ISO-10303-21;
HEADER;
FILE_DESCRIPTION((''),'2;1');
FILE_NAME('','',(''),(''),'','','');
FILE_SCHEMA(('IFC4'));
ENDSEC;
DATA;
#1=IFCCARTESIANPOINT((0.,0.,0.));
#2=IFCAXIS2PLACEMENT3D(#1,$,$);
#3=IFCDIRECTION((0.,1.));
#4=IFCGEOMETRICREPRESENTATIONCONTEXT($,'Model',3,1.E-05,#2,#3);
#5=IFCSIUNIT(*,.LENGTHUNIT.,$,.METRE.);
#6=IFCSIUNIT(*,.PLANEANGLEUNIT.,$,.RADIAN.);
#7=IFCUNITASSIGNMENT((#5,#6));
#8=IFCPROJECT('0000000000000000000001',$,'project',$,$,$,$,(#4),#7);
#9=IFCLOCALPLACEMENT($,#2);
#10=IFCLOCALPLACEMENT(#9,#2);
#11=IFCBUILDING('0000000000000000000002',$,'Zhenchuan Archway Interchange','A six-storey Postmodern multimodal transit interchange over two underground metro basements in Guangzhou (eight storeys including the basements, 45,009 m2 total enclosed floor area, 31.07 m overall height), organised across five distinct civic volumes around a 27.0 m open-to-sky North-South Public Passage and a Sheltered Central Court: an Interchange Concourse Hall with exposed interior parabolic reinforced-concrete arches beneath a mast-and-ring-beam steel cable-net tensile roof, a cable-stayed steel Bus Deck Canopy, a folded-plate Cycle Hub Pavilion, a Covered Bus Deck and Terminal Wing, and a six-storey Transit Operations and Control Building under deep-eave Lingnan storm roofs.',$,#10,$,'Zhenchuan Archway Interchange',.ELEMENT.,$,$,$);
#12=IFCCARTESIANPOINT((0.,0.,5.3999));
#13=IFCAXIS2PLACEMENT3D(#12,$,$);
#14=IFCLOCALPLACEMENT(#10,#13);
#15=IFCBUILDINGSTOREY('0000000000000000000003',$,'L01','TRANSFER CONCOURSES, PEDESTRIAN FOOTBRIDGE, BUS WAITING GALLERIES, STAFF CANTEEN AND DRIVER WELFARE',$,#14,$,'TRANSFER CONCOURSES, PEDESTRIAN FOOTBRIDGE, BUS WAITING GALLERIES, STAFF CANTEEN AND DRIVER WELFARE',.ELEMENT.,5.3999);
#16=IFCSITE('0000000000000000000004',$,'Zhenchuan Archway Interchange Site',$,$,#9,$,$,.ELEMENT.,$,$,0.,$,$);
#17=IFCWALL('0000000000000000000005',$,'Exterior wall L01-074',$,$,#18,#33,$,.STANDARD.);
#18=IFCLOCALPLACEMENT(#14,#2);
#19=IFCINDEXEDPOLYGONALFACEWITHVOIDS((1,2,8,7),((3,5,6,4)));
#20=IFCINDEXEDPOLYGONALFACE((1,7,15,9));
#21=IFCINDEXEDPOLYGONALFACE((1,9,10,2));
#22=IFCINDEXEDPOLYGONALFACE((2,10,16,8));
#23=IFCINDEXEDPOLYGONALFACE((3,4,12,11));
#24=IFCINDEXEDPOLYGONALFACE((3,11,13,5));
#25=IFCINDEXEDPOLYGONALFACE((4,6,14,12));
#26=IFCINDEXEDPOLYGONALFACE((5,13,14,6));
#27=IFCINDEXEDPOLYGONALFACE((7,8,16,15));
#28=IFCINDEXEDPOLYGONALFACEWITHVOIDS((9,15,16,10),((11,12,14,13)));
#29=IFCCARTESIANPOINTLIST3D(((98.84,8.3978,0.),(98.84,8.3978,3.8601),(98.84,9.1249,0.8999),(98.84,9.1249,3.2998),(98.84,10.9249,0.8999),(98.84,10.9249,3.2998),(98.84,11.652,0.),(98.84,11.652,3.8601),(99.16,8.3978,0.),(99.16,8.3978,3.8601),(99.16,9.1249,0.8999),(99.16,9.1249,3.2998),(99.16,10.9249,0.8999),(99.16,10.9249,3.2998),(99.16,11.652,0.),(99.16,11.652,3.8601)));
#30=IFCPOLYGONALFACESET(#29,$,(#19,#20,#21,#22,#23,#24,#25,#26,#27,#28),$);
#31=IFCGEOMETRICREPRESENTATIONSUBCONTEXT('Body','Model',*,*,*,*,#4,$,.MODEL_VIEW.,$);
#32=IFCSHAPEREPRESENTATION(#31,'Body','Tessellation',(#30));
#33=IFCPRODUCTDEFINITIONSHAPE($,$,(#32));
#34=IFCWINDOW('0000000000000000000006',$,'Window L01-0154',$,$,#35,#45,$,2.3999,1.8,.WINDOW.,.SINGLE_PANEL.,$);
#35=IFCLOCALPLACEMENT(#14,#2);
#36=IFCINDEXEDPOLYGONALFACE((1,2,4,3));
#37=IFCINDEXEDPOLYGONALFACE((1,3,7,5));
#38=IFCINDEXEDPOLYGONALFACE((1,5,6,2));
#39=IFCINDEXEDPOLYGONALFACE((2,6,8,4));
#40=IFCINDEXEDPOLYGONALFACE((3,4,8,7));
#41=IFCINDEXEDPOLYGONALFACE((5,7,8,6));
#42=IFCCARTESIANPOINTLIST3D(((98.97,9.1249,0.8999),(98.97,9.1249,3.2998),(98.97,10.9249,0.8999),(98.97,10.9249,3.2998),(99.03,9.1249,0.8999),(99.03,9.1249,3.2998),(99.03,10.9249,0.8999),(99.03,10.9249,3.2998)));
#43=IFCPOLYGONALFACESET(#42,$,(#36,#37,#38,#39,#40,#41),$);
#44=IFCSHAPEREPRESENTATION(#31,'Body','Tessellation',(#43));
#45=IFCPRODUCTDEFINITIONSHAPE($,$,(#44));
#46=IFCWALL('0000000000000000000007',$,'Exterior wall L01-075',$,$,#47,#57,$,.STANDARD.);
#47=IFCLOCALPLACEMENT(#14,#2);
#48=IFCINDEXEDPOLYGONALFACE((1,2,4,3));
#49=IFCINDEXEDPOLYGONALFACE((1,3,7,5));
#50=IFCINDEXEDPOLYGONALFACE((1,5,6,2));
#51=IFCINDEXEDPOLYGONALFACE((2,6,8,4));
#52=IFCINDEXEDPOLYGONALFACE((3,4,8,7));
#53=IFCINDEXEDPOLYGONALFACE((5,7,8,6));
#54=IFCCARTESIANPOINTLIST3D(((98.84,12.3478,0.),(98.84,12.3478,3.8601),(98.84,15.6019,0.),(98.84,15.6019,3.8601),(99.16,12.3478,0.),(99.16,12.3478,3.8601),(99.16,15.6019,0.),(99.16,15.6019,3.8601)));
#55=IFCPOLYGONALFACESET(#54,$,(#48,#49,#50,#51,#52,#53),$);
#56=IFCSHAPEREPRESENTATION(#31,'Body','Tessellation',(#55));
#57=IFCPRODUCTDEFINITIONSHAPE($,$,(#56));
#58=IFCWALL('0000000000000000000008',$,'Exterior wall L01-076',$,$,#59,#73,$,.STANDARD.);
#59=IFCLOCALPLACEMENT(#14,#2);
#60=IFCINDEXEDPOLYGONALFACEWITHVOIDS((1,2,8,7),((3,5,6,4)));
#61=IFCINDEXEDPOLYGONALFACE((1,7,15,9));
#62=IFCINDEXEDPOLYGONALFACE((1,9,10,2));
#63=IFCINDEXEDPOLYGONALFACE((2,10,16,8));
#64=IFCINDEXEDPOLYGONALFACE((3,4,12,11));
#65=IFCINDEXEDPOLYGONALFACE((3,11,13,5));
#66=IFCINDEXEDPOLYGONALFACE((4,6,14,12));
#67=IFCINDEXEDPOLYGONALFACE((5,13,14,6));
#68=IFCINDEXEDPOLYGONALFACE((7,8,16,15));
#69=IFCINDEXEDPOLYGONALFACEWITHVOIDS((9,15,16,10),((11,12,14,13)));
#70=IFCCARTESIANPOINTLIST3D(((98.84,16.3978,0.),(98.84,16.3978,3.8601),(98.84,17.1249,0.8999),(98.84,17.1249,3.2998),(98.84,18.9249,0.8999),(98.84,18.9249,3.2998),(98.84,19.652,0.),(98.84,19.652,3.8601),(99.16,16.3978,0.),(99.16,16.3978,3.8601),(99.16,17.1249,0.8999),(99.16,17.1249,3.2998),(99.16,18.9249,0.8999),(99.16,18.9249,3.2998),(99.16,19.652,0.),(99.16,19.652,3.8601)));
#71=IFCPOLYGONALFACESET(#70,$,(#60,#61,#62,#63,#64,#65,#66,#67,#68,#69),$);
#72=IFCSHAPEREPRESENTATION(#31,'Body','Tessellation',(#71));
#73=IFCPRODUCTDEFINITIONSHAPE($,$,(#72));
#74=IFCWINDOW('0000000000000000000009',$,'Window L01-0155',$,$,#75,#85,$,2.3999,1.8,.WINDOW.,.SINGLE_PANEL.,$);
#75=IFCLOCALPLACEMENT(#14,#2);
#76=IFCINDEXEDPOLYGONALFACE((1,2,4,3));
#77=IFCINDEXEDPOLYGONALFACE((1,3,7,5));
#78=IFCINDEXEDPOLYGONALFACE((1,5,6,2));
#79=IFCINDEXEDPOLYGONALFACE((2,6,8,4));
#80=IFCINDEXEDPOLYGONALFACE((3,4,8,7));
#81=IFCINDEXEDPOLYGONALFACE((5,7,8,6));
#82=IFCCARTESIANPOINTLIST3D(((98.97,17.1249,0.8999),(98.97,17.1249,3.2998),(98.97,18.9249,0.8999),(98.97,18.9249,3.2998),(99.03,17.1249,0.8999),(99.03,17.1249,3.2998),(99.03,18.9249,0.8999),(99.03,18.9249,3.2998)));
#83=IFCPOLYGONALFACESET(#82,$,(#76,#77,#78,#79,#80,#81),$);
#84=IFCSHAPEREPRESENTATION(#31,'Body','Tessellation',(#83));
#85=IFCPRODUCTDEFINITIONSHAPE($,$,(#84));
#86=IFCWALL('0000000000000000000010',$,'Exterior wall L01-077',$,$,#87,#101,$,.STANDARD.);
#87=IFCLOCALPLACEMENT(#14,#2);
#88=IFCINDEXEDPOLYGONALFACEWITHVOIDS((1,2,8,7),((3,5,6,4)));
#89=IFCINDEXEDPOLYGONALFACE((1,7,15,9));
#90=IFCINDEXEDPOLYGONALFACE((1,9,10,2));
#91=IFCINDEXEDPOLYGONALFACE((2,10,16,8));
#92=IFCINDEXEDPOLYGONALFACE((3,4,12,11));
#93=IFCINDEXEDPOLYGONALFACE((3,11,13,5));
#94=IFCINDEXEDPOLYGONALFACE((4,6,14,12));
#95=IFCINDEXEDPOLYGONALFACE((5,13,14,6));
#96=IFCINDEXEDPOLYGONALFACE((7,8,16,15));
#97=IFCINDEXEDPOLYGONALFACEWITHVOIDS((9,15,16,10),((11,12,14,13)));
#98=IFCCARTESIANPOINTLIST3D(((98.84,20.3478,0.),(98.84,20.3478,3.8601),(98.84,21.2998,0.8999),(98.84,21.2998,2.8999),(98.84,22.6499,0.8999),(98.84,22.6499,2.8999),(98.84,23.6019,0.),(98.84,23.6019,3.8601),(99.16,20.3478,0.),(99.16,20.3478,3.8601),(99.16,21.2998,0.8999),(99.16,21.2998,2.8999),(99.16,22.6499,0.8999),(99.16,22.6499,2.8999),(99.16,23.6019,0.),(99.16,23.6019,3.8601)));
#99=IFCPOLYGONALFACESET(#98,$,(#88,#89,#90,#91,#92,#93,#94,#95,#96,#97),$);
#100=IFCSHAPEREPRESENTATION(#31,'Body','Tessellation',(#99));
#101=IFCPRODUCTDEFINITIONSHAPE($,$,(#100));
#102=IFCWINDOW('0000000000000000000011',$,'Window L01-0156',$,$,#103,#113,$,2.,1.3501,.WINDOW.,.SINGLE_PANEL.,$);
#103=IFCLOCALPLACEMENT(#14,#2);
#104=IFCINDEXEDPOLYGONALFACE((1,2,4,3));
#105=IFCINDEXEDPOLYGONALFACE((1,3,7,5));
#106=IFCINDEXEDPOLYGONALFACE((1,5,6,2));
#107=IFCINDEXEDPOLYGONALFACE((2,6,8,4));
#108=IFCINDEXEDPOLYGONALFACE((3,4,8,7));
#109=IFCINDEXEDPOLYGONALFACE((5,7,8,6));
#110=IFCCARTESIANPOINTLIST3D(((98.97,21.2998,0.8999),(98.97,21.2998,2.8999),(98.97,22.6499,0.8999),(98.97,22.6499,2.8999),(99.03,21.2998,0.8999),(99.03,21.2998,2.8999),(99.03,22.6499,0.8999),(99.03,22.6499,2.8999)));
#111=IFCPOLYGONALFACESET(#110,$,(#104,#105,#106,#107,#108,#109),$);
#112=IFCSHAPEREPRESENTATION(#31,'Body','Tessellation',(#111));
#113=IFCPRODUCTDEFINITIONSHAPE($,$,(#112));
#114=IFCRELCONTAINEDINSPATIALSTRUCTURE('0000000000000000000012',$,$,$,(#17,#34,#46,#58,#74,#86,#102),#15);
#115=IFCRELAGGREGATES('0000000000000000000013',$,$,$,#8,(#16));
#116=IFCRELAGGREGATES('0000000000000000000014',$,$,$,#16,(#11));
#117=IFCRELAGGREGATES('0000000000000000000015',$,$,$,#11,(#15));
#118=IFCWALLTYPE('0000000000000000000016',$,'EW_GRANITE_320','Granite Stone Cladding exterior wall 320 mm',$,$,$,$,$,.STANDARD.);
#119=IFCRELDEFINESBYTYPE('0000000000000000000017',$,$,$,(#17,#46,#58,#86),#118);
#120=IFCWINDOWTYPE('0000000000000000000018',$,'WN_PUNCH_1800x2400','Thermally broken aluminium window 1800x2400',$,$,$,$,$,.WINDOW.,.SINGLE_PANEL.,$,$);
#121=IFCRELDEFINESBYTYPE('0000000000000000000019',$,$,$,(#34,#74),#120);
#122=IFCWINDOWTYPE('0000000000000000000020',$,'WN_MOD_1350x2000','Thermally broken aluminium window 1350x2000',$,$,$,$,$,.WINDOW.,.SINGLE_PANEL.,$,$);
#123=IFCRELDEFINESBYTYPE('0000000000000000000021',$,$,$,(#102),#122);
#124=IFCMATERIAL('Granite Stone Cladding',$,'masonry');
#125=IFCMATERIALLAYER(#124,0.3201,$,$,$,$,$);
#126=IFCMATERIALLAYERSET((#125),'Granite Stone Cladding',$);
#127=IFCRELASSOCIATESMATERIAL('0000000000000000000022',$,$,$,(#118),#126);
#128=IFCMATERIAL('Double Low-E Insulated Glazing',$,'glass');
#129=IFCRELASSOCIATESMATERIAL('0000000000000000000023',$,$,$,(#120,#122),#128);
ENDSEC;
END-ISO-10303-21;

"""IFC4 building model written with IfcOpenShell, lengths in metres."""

from ifc_helpers import new_model, si_unit, direction, frame, frame_2d, origin, place, context, subcontext, project, spatial, rectangle, extrude, material, layer, layer_set, type_object, element, fill, save


model = new_model("IFC4")

# Units and contexts
model_context = context("Model", 3, precision=1e-05, world=origin(), true_north=direction((0.0, 1.0)))
body_context = subcontext(model_context, "Body", "Model", "MODEL_VIEW")
ifc_project = project(units=[si_unit("LENGTHUNIT", "METRE"), si_unit("PLANEANGLEUNIT", "RADIAN")], contexts=[model_context])

# Site, building, storey
site_placement = place(None, origin())
site = spatial("IfcSite", under=ifc_project, at=site_placement, Name="Zhenchuan Archway Interchange Site", CompositionType="ELEMENT", RefElevation=0.0)
building_placement = place(site_placement, origin())
building = spatial("IfcBuilding", under=site, at=building_placement, Name="Zhenchuan Archway Interchange", Description="A six-storey Postmodern multimodal transit interchange over two underground metro basements in Guangzhou (eight storeys including the basements, 45,009 m2 total enclosed floor area, 31.07 m overall height), organised across five distinct civic volumes around a 27.0 m open-to-sky North-South Public Passage and a Sheltered Central Court: an Interchange Concourse Hall with exposed interior parabolic reinforced-concrete arches beneath a mast-and-ring-beam steel cable-net tensile roof, a cable-stayed steel Bus Deck Canopy, a folded-plate Cycle Hub Pavilion, a Covered Bus Deck and Terminal Wing, and a six-storey Transit Operations and Control Building under deep-eave Lingnan storm roofs.", LongName="Zhenchuan Archway Interchange", CompositionType="ELEMENT")
storey_placement = place(building_placement, frame((0.0, 0.0, 5.3999)))
storey = spatial("IfcBuildingStorey", under=building, at=storey_placement, Name="L01", Description="TRANSFER CONCOURSES, PEDESTRIAN FOOTBRIDGE, BUS WAITING GALLERIES, STAFF CANTEEN AND DRIVER WELFARE", LongName="TRANSFER CONCOURSES, PEDESTRIAN FOOTBRIDGE, BUS WAITING GALLERIES, STAFF CANTEEN AND DRIVER WELFARE", CompositionType="ELEMENT", Elevation=5.3999)

# Shared definitions
ifc_material_1 = material(Name="Double Low-E Insulated Glazing", Category="glass")

# Wall, opening, window
ifc_material_2 = material(Name="Granite Stone Cladding", Category="masonry")
ifc_layer_1 = layer(ifc_material_2, 0.3201)
ifc_layer_set_1 = layer_set([ifc_layer_1], Name="Granite Stone Cladding")
wall_type = type_object("IfcWallType", Name="EW_GRANITE_320", Description="Granite Stone Cladding exterior wall 320 mm", PredefinedType="STANDARD", material=ifc_layer_set_1)
wall_1_placement = place(storey_placement, frame((99.0, 8.3979, 0.0), z_axis=(0.0, 0.0, 1.0), x_axis=(0.0, 1.0, 0.0)))
wall_1 = element("IfcWall", 1, at=wall_1_placement, inside=storey, type_object=wall_type, Name="Exterior wall L01-074", PredefinedType="STANDARD", context=body_context, shape_type="SweptSolid", body=[
    extrude(rectangle(XDim=3.2542, YDim=0.3201, at=frame_2d((1.627, 0.0))), origin(), (0.0, 0.0, 1.0), 3.8601),
])
opening_1_placement = place(wall_1_placement, frame((0.7271, 0.0, 0.8999)))
opening_1 = element("IfcOpeningElement", 2, at=opening_1_placement, cuts=wall_1, PredefinedType="OPENING", context=body_context, shape_type="SweptSolid", body=[
    extrude(rectangle(XDim=1.8, YDim=2.3999, at=frame_2d((0.8999, 1.2))), frame((0.0, 0.1719, 0.0), z_axis=(0.0, -1.0, 0.0), x_axis=(1.0, 0.0, 0.0)), (0.0, 0.0, 1.0), 0.344),
])
window_type_1 = type_object("IfcWindowType", Name="WN_PUNCH_1800x2400", Description="Thermally broken aluminium window 1800x2400", PartitioningType="SINGLE_PANEL", PredefinedType="WINDOW", material=ifc_material_1)
window_1_placement = place(opening_1_placement, origin())
window_1 = element("IfcWindow", 3, at=window_1_placement, inside=storey, type_object=window_type_1, Name="Window L01-0154", OverallHeight=2.3999, OverallWidth=1.8, PartitioningType="SINGLE_PANEL", PredefinedType="WINDOW", context=body_context, shape_type="SweptSolid", body=[
    extrude(rectangle(XDim=1.8, YDim=2.3999, at=frame_2d((0.8999, 1.2))), frame((0.0, 0.03, 0.0), z_axis=(0.0, -1.0, 0.0), x_axis=(1.0, 0.0, 0.0)), (0.0, 0.0, 1.0), 0.0601),
])
fill(opening_1, window_1)

# Wall
wall_2_placement = place(storey_placement, frame((99.0, 12.3479, 0.0), z_axis=(0.0, 0.0, 1.0), x_axis=(0.0, 1.0, 0.0)))
element("IfcWall", 4, at=wall_2_placement, inside=storey, type_object=wall_type, Name="Exterior wall L01-075", PredefinedType="STANDARD", context=body_context, shape_type="SweptSolid", body=[
    extrude(rectangle(XDim=3.2542, YDim=0.3201, at=frame_2d((1.627, 0.0))), origin(), (0.0, 0.0, 1.0), 3.8601),
])

# Walls, openings, windows
wall_3_placement = place(storey_placement, frame((99.0, 16.3979, 0.0), z_axis=(0.0, 0.0, 1.0), x_axis=(0.0, 1.0, 0.0)))
wall_3 = element("IfcWall", 5, at=wall_3_placement, inside=storey, type_object=wall_type, Name="Exterior wall L01-076", PredefinedType="STANDARD", context=body_context, shape_type="SweptSolid", body=[
    extrude(rectangle(XDim=3.2542, YDim=0.3201, at=frame_2d((1.627, 0.0))), origin(), (0.0, 0.0, 1.0), 3.8601),
])
opening_2_placement = place(wall_3_placement, frame((0.7271, 0.0, 0.8999)))
opening_2 = element("IfcOpeningElement", 6, at=opening_2_placement, cuts=wall_3, PredefinedType="OPENING", context=body_context, shape_type="SweptSolid", body=[
    extrude(rectangle(XDim=1.8, YDim=2.3999, at=frame_2d((0.8999, 1.2))), frame((0.0, 0.1719, 0.0), z_axis=(0.0, -1.0, 0.0), x_axis=(1.0, 0.0, 0.0)), (0.0, 0.0, 1.0), 0.344),
])
window_2_placement = place(opening_2_placement, origin())
window_2 = element("IfcWindow", 7, at=window_2_placement, inside=storey, type_object=window_type_1, Name="Window L01-0155", OverallHeight=2.3999, OverallWidth=1.8, PartitioningType="SINGLE_PANEL", PredefinedType="WINDOW", context=body_context, shape_type="SweptSolid", body=[
    extrude(rectangle(XDim=1.8, YDim=2.3999, at=frame_2d((0.8999, 1.2))), frame((0.0, 0.03, 0.0), z_axis=(0.0, -1.0, 0.0), x_axis=(1.0, 0.0, 0.0)), (0.0, 0.0, 1.0), 0.0601),
])
fill(opening_2, window_2)
wall_4_placement = place(storey_placement, frame((99.0, 20.3479, 0.0), z_axis=(0.0, 0.0, 1.0), x_axis=(0.0, 1.0, 0.0)))
wall_4 = element("IfcWall", 8, at=wall_4_placement, inside=storey, type_object=wall_type, Name="Exterior wall L01-077", PredefinedType="STANDARD", context=body_context, shape_type="SweptSolid", body=[
    extrude(rectangle(XDim=3.2542, YDim=0.3201, at=frame_2d((1.627, 0.0))), origin(), (0.0, 0.0, 1.0), 3.8601),
])
opening_3_placement = place(wall_4_placement, frame((0.9519, 0.0, 0.8999)))
opening_3 = element("IfcOpeningElement", 9, at=opening_3_placement, cuts=wall_4, PredefinedType="OPENING", context=body_context, shape_type="SweptSolid", body=[
    extrude(rectangle(XDim=1.3501, YDim=2.0, at=frame_2d((0.675, 1.0))), frame((0.0, 0.1719, 0.0), z_axis=(0.0, -1.0, 0.0), x_axis=(1.0, 0.0, 0.0)), (0.0, 0.0, 1.0), 0.344),
])
window_type_2 = type_object("IfcWindowType", Name="WN_MOD_1350x2000", Description="Thermally broken aluminium window 1350x2000", PartitioningType="SINGLE_PANEL", PredefinedType="WINDOW", material=ifc_material_1)
window_3_placement = place(opening_3_placement, origin())
window_3 = element("IfcWindow", 10, at=window_3_placement, inside=storey, type_object=window_type_2, Name="Window L01-0156", OverallHeight=2.0, OverallWidth=1.3501, PartitioningType="SINGLE_PANEL", PredefinedType="WINDOW", context=body_context, shape_type="SweptSolid", body=[
    extrude(rectangle(XDim=1.3501, YDim=2.0, at=frame_2d((0.675, 1.0))), frame((0.0, 0.03, 0.0), z_axis=(0.0, -1.0, 0.0), x_axis=(1.0, 0.0, 0.0)), (0.0, 0.0, 1.0), 0.0601),
])
fill(opening_3, window_3)

save(model, "model.ifc")
